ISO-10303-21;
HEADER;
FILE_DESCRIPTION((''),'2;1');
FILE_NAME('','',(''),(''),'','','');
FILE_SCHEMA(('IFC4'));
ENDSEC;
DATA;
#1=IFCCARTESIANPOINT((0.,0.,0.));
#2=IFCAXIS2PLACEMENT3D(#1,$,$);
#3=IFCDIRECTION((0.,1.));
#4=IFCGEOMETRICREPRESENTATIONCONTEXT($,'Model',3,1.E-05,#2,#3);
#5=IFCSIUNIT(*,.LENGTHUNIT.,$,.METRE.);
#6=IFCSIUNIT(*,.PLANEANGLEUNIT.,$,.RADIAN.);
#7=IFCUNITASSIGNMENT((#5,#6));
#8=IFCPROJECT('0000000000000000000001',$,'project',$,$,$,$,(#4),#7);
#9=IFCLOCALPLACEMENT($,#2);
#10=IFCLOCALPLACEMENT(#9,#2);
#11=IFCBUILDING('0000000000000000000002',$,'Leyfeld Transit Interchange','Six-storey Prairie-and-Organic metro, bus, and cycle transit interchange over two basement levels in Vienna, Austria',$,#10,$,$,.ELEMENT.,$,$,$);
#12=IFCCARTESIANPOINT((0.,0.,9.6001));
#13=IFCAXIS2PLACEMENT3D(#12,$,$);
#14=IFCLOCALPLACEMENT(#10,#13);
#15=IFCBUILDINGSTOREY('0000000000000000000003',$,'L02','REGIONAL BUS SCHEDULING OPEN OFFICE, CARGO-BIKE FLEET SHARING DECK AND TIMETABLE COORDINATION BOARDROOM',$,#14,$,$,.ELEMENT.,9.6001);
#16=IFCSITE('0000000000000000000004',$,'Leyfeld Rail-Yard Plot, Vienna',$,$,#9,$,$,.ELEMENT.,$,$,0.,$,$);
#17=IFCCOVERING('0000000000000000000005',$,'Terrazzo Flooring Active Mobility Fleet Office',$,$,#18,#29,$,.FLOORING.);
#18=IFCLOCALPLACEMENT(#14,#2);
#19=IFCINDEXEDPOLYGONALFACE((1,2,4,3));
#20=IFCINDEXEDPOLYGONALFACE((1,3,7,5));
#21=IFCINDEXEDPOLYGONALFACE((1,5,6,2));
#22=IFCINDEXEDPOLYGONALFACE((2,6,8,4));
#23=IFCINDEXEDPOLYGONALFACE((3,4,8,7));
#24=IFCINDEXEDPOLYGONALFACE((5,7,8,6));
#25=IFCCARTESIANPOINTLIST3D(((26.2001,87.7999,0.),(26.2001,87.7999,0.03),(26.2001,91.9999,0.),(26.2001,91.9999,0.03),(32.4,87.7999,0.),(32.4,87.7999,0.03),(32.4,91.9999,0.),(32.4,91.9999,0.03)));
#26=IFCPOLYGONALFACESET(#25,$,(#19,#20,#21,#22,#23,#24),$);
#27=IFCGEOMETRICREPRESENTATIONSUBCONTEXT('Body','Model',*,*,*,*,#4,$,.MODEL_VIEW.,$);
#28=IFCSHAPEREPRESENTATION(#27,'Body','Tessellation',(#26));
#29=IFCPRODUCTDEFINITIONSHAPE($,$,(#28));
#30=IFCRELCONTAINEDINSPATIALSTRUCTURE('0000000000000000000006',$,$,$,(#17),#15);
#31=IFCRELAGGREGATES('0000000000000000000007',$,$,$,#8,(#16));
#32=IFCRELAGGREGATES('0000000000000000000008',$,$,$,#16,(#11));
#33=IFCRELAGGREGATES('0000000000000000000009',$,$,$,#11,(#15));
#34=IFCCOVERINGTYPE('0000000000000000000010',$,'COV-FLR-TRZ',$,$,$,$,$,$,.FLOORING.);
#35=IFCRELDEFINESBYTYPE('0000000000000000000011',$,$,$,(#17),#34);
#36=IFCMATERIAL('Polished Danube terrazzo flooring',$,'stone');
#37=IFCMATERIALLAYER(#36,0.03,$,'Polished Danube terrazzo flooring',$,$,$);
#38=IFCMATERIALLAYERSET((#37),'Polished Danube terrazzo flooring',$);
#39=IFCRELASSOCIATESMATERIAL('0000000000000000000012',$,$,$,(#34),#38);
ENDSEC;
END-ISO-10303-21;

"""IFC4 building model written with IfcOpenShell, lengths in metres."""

from ifc_helpers import new_model, si_unit, direction, frame, origin, origin_2d, place, context, subcontext, project, spatial, rectangle, extrude, material, layer, layer_set, type_object, element, save


model = new_model("IFC4")

# Units and contexts
model_context = context("Model", 3, precision=1e-05, world=origin(), true_north=direction((0.0, 1.0)))
body_context = subcontext(model_context, "Body", "Model", "MODEL_VIEW")
ifc_project = project(units=[si_unit("LENGTHUNIT", "METRE"), si_unit("PLANEANGLEUNIT", "RADIAN")], contexts=[model_context])

# Site, building, storey
site_placement = place(None, origin())
site = spatial("IfcSite", under=ifc_project, at=site_placement, Name="Leyfeld Rail-Yard Plot, Vienna", CompositionType="ELEMENT", RefElevation=0.0)
building_placement = place(site_placement, origin())
building = spatial("IfcBuilding", under=site, at=building_placement, Name="Leyfeld Transit Interchange", Description="Six-storey Prairie-and-Organic metro, bus, and cycle transit interchange over two basement levels in Vienna, Austria", CompositionType="ELEMENT")
storey_placement = place(building_placement, frame((0.0, 0.0, 9.6001)))
storey = spatial("IfcBuildingStorey", under=building, at=storey_placement, Name="L02", Description="REGIONAL BUS SCHEDULING OPEN OFFICE, CARGO-BIKE FLEET SHARING DECK AND TIMETABLE COORDINATION BOARDROOM", CompositionType="ELEMENT", Elevation=9.6001)

# Covering
ifc_material_1 = material(Name="Polished Danube terrazzo flooring", Category="stone")
ifc_layer_1 = layer(ifc_material_1, 0.03, Name="Polished Danube terrazzo flooring")
ifc_layer_set_1 = layer_set([ifc_layer_1], Name="Polished Danube terrazzo flooring")
covering_type = type_object("IfcCoveringType", Name="COV-FLR-TRZ", PredefinedType="FLOORING", material=ifc_layer_set_1)
covering_placement = place(storey_placement, frame((29.3, 89.8999, 0.0), z_axis=(0.0, 0.0, 1.0), x_axis=(1.0, 0.0, 0.0)))
element("IfcCovering", 1, at=covering_placement, inside=storey, type_object=covering_type, Name="Terrazzo Flooring Active Mobility Fleet Office", PredefinedType="FLOORING", context=body_context, shape_type="SweptSolid", body=[
    extrude(rectangle(XDim=6.2, YDim=4.2, at=origin_2d()), origin(), (0.0, 0.0, 1.0), 0.03),
])

save(model, "model.ifc")
